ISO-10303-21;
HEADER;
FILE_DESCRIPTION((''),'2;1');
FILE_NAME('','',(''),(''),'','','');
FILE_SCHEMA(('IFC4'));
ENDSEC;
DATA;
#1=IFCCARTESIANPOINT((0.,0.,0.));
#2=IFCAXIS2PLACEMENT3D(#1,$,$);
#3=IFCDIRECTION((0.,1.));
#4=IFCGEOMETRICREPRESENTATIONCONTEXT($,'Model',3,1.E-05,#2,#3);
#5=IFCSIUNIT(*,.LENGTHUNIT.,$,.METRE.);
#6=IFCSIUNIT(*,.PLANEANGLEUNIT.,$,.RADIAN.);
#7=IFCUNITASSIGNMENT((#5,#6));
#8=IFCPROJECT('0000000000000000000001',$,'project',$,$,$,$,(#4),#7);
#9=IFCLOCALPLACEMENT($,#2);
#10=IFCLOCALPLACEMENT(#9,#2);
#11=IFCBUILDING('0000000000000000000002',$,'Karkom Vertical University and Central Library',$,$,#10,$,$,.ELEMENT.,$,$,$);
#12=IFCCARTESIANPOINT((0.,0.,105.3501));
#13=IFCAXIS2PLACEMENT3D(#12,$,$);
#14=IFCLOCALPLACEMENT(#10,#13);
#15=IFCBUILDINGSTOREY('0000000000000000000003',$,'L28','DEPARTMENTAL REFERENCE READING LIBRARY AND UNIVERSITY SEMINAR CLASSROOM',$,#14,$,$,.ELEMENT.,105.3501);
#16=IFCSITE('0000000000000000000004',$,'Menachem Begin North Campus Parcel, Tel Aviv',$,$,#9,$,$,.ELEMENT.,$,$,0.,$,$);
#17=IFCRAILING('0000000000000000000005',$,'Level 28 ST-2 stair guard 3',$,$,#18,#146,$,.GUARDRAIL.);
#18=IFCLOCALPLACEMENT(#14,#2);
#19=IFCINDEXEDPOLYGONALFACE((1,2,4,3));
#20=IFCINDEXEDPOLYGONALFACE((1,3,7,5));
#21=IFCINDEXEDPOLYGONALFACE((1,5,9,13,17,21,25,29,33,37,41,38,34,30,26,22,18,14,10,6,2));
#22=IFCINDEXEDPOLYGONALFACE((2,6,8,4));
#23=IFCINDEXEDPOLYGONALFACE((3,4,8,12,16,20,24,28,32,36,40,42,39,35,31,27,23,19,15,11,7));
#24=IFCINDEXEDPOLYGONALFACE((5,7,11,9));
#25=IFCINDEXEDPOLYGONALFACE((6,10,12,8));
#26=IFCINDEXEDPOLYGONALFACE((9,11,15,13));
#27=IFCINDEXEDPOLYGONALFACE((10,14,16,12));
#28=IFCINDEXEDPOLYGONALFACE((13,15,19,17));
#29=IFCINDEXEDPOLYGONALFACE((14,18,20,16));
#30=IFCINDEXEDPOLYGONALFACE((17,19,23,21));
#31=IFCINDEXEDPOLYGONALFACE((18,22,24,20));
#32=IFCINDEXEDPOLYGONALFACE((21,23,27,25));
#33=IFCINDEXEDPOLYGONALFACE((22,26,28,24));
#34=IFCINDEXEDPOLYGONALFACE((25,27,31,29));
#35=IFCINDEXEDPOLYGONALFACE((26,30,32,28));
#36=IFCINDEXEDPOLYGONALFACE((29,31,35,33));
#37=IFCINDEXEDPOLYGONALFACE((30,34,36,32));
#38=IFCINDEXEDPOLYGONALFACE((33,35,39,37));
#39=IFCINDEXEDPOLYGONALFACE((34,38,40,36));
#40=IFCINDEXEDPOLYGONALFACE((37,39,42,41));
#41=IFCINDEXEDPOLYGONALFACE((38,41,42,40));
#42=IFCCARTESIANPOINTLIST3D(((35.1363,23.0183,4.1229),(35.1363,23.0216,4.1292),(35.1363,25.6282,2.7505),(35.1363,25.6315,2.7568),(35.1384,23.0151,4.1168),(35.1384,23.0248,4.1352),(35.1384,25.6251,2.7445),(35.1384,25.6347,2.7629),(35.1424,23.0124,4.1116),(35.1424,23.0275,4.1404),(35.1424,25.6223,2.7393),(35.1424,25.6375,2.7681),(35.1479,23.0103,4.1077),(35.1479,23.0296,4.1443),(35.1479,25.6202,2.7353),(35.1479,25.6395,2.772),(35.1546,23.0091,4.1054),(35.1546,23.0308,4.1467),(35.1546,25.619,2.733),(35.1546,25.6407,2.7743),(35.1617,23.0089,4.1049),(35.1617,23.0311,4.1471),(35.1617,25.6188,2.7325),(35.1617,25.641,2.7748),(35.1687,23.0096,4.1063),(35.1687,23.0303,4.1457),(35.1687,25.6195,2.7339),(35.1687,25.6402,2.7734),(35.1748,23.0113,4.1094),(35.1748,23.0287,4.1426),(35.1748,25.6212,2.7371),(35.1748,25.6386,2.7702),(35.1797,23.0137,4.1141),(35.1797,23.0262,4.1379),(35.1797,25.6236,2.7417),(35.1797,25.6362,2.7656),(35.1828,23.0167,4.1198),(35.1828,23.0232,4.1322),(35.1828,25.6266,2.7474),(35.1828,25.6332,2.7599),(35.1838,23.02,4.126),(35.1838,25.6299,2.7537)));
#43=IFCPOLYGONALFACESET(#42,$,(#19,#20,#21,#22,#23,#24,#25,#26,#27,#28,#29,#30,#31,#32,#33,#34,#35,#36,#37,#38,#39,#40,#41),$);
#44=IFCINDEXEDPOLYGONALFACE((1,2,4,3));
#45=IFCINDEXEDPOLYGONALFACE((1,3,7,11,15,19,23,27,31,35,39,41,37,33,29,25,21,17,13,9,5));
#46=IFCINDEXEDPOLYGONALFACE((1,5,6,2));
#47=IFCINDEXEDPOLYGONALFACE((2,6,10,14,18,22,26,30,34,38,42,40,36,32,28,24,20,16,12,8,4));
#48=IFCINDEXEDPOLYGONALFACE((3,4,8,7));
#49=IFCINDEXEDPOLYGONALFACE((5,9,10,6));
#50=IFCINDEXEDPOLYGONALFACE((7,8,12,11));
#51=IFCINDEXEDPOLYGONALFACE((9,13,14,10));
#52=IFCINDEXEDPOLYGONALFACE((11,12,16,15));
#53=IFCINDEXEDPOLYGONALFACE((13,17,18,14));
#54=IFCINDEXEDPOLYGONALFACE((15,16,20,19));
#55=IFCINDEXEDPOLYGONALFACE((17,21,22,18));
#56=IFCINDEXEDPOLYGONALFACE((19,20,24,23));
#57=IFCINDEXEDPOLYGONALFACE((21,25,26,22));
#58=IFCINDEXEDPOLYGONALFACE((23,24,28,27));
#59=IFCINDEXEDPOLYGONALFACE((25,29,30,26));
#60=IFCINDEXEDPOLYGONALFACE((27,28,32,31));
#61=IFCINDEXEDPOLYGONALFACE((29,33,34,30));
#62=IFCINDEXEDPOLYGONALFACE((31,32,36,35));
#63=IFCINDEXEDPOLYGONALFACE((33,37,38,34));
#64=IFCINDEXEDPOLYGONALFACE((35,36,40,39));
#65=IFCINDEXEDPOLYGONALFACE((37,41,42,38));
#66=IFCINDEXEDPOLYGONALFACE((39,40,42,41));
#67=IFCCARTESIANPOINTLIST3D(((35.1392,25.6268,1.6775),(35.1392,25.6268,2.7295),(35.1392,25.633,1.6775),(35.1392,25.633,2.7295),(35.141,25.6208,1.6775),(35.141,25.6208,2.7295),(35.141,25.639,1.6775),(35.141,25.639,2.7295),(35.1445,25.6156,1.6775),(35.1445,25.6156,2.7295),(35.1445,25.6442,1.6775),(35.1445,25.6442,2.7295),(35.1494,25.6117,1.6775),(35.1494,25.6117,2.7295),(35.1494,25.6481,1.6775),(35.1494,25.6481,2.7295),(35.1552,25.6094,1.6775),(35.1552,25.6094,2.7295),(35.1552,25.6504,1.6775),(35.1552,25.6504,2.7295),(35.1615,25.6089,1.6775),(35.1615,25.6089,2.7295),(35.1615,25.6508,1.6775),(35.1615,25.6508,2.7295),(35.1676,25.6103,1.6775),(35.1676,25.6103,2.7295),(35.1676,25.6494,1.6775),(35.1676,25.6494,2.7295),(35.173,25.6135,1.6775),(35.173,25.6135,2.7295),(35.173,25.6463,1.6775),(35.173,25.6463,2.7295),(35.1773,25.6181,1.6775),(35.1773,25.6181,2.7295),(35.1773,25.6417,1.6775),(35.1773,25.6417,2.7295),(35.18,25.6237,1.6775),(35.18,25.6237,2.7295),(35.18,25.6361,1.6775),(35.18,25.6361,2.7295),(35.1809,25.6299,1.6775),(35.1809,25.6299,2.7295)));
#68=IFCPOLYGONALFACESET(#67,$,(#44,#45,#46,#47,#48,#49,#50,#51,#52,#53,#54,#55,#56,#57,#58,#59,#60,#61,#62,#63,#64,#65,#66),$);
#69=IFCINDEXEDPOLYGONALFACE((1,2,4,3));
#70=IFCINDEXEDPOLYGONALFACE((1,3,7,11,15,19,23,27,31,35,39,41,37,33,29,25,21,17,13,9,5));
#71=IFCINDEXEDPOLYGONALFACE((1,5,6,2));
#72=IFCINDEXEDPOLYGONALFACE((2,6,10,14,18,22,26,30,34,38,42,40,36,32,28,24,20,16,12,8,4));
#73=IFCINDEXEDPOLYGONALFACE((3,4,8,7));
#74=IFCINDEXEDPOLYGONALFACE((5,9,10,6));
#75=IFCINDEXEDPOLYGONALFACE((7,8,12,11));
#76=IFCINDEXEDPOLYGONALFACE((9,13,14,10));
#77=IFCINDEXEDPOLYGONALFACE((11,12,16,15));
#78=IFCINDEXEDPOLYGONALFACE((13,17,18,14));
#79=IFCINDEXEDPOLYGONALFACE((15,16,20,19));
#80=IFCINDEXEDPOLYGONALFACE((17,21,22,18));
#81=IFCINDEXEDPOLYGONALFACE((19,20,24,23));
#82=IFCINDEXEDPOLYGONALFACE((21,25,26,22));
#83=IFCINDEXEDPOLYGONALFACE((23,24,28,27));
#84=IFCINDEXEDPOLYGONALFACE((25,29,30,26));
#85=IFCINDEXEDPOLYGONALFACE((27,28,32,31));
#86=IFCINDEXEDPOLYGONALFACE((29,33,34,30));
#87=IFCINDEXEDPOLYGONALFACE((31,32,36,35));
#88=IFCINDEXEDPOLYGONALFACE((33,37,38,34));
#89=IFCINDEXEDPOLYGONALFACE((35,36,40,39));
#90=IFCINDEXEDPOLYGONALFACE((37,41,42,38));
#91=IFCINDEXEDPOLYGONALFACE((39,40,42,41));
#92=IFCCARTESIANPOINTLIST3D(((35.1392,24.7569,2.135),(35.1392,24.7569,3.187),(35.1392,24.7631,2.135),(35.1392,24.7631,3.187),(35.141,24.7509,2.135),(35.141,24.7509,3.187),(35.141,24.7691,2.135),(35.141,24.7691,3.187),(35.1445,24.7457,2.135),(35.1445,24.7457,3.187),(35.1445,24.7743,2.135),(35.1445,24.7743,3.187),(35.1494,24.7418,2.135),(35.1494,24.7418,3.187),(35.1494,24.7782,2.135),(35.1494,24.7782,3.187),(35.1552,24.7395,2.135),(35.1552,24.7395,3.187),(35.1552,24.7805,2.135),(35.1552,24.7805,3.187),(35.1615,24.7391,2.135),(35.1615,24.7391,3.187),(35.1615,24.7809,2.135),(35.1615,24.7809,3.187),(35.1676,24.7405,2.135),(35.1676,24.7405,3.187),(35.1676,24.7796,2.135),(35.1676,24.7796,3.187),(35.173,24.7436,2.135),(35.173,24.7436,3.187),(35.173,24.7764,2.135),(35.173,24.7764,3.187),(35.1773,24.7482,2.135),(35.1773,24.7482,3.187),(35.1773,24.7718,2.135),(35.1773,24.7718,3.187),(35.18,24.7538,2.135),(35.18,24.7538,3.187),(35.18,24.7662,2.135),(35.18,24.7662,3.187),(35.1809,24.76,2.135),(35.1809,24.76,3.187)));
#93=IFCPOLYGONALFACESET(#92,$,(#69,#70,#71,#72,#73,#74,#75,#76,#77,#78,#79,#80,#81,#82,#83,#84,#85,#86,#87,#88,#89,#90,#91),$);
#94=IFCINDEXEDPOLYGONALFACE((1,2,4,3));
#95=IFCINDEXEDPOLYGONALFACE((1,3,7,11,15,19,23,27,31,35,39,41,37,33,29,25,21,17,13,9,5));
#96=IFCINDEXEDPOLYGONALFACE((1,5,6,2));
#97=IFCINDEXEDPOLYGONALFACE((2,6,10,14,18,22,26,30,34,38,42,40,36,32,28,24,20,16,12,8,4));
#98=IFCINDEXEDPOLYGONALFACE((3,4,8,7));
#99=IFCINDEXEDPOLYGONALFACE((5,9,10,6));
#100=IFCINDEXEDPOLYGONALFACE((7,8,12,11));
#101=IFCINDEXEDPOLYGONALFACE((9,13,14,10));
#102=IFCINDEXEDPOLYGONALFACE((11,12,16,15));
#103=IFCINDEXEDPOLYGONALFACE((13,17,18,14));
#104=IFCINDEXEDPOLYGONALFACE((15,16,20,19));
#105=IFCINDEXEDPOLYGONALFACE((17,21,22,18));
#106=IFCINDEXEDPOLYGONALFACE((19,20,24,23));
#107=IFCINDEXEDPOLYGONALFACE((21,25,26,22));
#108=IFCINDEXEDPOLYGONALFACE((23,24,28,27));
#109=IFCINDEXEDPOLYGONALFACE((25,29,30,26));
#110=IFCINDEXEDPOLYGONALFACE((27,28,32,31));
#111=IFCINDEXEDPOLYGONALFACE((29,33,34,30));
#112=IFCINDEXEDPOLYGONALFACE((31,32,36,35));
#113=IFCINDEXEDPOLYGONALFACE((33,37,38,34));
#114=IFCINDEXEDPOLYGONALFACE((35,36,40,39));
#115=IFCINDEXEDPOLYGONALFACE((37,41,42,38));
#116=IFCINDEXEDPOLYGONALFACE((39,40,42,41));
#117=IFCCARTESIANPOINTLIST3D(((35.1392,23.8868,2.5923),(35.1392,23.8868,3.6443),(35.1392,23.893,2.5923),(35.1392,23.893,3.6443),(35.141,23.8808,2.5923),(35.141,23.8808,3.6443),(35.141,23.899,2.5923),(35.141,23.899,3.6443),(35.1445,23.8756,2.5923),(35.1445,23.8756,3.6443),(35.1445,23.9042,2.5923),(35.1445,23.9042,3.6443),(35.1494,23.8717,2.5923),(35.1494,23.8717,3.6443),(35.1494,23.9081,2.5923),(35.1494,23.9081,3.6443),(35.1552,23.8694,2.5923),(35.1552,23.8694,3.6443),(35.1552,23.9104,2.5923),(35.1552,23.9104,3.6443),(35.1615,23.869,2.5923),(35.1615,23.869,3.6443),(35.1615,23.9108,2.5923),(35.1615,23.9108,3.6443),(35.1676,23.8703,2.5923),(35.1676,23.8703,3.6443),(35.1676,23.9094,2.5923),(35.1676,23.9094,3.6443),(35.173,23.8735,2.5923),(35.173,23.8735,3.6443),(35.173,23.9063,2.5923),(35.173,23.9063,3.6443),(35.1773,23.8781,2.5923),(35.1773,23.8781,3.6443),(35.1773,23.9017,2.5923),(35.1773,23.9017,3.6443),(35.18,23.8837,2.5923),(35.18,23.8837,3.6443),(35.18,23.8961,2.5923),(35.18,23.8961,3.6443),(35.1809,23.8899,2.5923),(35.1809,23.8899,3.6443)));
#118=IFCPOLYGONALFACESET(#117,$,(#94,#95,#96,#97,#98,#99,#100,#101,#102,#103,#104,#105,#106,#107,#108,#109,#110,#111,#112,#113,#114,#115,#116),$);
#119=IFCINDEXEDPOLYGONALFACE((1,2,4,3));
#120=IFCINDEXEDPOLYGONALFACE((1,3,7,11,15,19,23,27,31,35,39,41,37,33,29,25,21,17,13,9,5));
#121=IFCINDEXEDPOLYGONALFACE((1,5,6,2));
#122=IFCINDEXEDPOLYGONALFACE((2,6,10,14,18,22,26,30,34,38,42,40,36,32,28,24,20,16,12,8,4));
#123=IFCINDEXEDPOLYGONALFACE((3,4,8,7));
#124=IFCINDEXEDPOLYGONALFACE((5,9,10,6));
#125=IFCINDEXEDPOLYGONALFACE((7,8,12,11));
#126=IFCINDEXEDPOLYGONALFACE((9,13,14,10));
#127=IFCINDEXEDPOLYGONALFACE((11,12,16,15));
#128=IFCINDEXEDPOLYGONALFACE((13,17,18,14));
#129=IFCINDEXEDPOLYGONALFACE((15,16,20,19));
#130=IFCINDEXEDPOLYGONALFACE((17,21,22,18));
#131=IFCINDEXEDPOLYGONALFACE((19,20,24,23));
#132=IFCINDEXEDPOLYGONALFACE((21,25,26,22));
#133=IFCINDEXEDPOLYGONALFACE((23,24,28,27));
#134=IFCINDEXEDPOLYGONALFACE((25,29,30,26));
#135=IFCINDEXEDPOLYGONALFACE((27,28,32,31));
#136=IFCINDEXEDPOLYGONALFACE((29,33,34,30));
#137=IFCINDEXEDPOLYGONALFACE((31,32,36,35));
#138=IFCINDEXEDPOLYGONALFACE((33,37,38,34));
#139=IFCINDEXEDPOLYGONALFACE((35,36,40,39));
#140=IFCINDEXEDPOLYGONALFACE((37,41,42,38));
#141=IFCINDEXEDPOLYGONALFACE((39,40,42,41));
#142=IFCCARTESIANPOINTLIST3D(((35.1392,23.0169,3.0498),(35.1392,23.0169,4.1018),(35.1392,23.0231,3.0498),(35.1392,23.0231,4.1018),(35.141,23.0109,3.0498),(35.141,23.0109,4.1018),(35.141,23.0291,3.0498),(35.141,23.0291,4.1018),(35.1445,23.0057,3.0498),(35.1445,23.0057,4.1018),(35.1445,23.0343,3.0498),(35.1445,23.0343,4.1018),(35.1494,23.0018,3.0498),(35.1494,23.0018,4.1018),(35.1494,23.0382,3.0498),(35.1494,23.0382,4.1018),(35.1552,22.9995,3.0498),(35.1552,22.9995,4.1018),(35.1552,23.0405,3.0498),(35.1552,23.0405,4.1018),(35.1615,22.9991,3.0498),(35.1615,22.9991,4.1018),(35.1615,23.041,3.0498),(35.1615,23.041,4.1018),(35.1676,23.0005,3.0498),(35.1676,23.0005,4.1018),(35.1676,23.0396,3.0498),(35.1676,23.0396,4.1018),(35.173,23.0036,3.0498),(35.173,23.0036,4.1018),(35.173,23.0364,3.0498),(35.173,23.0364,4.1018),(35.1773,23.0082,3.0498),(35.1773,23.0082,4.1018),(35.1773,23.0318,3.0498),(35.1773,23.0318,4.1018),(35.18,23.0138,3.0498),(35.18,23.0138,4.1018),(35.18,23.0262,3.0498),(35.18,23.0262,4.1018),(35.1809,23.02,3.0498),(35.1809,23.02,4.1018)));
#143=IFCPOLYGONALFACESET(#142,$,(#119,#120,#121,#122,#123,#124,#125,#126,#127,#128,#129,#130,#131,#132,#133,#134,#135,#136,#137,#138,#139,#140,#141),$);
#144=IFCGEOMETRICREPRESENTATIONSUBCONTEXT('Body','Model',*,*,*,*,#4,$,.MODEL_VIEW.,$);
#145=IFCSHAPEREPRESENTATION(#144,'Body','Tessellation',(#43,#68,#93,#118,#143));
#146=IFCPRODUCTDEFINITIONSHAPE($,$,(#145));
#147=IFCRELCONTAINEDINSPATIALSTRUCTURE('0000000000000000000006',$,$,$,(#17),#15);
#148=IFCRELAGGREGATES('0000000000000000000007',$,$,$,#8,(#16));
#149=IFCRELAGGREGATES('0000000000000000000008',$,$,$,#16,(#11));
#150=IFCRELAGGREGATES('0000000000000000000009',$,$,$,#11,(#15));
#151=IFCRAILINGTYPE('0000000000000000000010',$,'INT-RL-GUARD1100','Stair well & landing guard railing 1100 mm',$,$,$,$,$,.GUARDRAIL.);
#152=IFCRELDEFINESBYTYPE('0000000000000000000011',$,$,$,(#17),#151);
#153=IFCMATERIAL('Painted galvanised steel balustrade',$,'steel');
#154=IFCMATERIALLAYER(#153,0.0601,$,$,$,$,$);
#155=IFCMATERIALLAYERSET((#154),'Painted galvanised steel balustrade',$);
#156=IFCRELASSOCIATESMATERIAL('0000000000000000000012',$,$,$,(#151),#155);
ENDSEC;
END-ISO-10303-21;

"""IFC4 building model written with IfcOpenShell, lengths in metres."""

from ifc_helpers import new_model, si_unit, direction, frame, origin, origin_2d, place, context, subcontext, project, spatial, circle, extrude, material, layer, layer_set, type_object, element, save


model = new_model("IFC4")

# Units and contexts
model_context = context("Model", 3, precision=1e-05, world=origin(), true_north=direction((0.0, 1.0)))
body_context = subcontext(model_context, "Body", "Model", "MODEL_VIEW")
ifc_project = project(units=[si_unit("LENGTHUNIT", "METRE"), si_unit("PLANEANGLEUNIT", "RADIAN")], contexts=[model_context])

# Site, building, storey
site_placement = place(None, origin())
site = spatial("IfcSite", under=ifc_project, at=site_placement, Name="Menachem Begin North Campus Parcel, Tel Aviv", CompositionType="ELEMENT", RefElevation=0.0)
building_placement = place(site_placement, origin())
building = spatial("IfcBuilding", under=site, at=building_placement, Name="Karkom Vertical University and Central Library", CompositionType="ELEMENT")
storey_placement = place(building_placement, frame((0.0, 0.0, 105.3501)))
storey = spatial("IfcBuildingStorey", under=building, at=storey_placement, Name="L28", Description="DEPARTMENTAL REFERENCE READING LIBRARY AND UNIVERSITY SEMINAR CLASSROOM", CompositionType="ELEMENT", Elevation=105.3501)

# Railing
ifc_material_1 = material(Name="Painted galvanised steel balustrade", Category="steel")
ifc_layer_1 = layer(ifc_material_1, 0.0601)
ifc_layer_set_1 = layer_set([ifc_layer_1], Name="Painted galvanised steel balustrade")
railing_type_1 = type_object("IfcRailingType", Name="INT-RL-GUARD1100", Description="Stair well & landing guard railing 1100 mm", PredefinedType="GUARDRAIL", material=ifc_layer_set_1)
railing_1_placement = place(storey_placement, frame((35.1599, 25.6299, 1.6775)))
element("IfcRailing", 1, at=railing_1_placement, inside=storey, type_object=railing_type_1, Name="Level 28 ST-2 stair guard 3", PredefinedType="GUARDRAIL", context=body_context, shape_type="SweptSolid", body=[
    extrude(circle(Radius=0.0239, at=origin_2d()), frame((0.0, 0.0, 1.0762), z_axis=(0.0, -0.8851, 0.465402), x_axis=(1.0, 0.0, 0.0)), (0.0, 0.0, 1.0), 2.9487),
    extrude(circle(Radius=0.021, at=origin_2d()), origin(), (0.0, 0.0, 1.0), 1.052),
    extrude(circle(Radius=0.021, at=origin_2d()), frame((0.0, -0.8699, 0.4575)), (0.0, 0.0, 1.0), 1.052),
    extrude(circle(Radius=0.021, at=origin_2d()), frame((0.0, -1.74, 0.9148)), (0.0, 0.0, 1.0), 1.052),
    extrude(circle(Radius=0.021, at=origin_2d()), frame((0.0, -2.6099, 1.3723)), (0.0, 0.0, 1.0), 1.052),
])

save(model, "model.ifc")
